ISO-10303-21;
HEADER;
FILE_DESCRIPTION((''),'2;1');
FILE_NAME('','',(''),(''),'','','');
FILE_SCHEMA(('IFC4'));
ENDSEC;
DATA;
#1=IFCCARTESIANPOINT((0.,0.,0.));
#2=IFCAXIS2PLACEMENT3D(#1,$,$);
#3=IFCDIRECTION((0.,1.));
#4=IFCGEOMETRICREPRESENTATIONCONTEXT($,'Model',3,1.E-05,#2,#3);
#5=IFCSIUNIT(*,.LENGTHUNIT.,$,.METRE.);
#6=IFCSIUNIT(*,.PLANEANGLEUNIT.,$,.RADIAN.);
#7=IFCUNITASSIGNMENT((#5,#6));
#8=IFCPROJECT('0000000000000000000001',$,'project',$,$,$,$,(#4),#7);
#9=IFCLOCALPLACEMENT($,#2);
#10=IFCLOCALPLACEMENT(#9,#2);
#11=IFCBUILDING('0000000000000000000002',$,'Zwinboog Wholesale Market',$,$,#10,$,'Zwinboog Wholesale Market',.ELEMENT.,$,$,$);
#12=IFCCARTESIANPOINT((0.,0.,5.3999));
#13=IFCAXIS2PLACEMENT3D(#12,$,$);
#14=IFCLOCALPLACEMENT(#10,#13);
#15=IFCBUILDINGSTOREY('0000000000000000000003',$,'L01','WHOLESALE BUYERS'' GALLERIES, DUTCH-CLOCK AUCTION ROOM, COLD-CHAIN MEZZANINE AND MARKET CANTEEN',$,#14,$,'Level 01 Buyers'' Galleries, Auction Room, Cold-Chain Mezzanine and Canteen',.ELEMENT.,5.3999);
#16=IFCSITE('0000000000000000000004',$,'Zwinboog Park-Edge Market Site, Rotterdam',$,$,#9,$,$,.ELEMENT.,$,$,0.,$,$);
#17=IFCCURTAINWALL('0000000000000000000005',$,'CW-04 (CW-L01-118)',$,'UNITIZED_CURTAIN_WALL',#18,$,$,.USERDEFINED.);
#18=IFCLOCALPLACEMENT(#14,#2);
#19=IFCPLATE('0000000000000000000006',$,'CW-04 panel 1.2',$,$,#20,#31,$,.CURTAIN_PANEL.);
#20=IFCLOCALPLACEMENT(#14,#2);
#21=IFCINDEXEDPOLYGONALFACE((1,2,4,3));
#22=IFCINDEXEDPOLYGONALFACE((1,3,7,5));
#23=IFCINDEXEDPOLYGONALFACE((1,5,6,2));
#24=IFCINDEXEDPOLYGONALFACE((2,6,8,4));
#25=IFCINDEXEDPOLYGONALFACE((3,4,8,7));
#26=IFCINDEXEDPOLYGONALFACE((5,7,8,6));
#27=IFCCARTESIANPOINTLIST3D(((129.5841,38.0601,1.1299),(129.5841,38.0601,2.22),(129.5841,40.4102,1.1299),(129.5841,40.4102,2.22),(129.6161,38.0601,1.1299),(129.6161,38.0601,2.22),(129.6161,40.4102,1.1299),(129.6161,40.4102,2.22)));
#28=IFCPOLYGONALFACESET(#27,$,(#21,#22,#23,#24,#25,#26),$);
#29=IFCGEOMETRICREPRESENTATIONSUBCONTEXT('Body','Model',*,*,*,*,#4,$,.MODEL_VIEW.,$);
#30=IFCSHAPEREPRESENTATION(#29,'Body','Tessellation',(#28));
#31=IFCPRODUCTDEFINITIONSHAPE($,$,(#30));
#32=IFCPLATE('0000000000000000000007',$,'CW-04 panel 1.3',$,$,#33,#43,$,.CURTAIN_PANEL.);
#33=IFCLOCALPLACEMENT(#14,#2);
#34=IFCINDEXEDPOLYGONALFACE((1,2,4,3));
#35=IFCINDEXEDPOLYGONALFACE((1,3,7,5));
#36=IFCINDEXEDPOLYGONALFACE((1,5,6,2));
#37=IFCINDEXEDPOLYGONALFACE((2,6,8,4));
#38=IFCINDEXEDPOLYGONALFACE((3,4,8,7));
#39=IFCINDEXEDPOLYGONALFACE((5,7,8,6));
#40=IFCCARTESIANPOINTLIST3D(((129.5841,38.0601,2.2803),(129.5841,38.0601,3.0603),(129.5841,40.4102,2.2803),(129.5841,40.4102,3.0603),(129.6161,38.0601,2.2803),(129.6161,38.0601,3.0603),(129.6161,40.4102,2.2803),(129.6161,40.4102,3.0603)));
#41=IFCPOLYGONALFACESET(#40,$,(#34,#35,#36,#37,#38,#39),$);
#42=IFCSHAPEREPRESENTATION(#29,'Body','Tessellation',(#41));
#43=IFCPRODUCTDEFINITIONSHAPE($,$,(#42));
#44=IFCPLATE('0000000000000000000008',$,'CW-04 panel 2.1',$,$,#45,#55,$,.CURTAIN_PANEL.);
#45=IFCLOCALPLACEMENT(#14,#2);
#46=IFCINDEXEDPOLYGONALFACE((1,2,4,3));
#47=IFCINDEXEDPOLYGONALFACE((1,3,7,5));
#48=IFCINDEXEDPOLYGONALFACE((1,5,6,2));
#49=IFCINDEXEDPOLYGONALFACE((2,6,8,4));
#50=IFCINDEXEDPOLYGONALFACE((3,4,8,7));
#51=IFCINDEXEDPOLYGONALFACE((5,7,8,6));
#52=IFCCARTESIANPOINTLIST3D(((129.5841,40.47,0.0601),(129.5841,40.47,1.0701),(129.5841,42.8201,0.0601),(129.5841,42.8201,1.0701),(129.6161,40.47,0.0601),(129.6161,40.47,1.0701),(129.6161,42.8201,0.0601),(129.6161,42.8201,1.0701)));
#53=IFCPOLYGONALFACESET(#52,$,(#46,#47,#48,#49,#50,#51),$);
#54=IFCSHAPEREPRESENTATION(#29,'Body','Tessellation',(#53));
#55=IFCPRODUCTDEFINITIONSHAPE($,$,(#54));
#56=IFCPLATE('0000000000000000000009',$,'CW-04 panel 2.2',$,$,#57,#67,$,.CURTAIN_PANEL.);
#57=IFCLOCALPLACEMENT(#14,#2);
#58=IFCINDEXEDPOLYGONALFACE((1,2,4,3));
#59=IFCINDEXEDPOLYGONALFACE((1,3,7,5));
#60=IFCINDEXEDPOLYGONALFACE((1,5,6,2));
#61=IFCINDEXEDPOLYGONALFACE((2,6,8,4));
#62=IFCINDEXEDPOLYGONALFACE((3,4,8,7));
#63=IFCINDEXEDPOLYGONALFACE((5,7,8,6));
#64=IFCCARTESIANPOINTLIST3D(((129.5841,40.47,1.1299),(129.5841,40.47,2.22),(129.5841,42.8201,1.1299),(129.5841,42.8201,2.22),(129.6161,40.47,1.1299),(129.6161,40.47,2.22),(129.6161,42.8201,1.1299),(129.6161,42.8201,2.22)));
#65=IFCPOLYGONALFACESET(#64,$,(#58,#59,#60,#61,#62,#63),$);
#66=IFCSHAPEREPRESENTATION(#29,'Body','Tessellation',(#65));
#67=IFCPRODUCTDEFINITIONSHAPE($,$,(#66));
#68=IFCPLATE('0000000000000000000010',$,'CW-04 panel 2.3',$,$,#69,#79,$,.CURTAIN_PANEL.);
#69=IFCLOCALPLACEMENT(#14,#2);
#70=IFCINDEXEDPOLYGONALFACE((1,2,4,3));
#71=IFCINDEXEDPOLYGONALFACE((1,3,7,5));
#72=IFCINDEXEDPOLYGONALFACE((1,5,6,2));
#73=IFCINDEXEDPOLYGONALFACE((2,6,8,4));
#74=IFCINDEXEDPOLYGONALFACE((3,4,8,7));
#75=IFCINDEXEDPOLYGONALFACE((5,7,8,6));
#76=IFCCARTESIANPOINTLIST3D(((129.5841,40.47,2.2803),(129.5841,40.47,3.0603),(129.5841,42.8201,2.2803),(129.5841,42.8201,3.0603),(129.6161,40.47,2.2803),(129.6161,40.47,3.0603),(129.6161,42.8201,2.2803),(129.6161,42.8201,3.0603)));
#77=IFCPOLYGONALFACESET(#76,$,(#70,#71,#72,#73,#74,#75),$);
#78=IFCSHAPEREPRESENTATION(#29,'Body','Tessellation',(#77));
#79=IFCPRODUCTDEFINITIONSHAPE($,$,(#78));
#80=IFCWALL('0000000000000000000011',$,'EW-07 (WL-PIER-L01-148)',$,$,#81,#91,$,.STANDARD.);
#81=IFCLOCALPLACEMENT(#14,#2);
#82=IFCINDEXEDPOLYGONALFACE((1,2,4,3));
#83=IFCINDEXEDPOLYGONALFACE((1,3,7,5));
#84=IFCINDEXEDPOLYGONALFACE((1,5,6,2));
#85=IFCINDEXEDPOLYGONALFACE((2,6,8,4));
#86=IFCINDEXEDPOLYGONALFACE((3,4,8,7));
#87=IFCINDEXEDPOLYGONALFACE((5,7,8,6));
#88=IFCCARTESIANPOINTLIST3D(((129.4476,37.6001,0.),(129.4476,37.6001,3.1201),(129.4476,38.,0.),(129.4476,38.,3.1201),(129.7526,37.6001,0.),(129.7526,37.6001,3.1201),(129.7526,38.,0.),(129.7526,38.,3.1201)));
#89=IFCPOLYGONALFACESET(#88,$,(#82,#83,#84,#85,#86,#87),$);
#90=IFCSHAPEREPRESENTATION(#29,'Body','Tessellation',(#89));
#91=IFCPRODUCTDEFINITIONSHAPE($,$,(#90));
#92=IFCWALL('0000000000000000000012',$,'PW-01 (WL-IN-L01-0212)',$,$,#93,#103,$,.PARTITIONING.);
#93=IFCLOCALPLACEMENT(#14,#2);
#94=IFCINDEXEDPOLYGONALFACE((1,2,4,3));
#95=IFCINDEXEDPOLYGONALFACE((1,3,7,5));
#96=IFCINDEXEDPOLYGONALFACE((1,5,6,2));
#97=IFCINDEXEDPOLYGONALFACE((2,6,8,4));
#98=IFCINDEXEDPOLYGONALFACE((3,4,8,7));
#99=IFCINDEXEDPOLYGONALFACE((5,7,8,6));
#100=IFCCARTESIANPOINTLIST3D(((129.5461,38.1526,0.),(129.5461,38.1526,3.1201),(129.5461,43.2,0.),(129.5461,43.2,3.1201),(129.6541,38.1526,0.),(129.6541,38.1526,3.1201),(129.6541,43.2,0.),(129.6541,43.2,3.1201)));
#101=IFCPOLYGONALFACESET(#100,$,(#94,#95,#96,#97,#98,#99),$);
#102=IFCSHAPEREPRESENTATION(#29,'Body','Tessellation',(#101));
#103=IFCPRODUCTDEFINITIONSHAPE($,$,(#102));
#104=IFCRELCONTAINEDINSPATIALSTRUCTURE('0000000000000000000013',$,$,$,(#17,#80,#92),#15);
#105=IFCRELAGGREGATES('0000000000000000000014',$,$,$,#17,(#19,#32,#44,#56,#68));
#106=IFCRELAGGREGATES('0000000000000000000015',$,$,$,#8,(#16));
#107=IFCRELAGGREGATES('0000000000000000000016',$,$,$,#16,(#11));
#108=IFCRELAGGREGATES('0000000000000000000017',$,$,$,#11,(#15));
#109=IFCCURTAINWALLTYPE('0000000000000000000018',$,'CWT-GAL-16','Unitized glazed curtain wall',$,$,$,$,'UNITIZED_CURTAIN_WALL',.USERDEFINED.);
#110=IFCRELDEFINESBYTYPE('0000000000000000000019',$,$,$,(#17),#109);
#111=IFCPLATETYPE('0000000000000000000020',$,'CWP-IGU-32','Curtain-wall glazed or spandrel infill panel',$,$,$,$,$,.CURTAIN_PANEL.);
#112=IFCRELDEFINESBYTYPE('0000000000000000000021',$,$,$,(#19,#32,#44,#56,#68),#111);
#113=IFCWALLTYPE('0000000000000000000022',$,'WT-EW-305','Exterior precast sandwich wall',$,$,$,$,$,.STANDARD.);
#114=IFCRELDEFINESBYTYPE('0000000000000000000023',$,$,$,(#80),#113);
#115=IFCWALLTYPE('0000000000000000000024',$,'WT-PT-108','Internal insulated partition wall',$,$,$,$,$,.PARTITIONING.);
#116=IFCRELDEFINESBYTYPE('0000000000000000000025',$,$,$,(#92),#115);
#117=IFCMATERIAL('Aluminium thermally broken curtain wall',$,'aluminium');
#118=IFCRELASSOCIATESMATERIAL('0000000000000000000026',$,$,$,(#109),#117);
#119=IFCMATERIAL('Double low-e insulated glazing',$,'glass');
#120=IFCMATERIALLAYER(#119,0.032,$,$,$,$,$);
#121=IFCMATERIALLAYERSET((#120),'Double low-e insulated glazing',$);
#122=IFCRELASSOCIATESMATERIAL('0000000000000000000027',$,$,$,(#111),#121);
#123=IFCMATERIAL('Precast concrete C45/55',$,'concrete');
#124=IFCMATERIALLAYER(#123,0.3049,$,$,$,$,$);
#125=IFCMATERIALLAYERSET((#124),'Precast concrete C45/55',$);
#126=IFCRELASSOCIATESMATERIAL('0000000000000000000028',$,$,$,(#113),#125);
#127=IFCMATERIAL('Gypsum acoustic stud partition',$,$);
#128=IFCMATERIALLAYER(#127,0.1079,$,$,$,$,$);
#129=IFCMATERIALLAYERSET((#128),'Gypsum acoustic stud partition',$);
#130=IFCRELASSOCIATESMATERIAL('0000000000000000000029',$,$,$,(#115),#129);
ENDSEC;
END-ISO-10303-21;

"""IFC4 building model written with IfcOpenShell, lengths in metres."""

from ifc_helpers import new_model, si_unit, direction, frame, frame_2d, origin, origin_2d, place, context, subcontext, project, spatial, rectangle, extrude, material, layer, layer_set, type_object, element, aggregate, save


model = new_model("IFC4")

# Units and contexts
model_context = context("Model", 3, precision=1e-05, world=origin(), true_north=direction((0.0, 1.0)))
body_context = subcontext(model_context, "Body", "Model", "MODEL_VIEW")
ifc_project = project(units=[si_unit("LENGTHUNIT", "METRE"), si_unit("PLANEANGLEUNIT", "RADIAN")], contexts=[model_context])

# Site, building, storey
site_placement = place(None, origin())
site = spatial("IfcSite", under=ifc_project, at=site_placement, Name="Zwinboog Park-Edge Market Site, Rotterdam", CompositionType="ELEMENT", RefElevation=0.0)
building_placement = place(site_placement, origin())
building = spatial("IfcBuilding", under=site, at=building_placement, Name="Zwinboog Wholesale Market", LongName="Zwinboog Wholesale Market", CompositionType="ELEMENT")
storey_placement = place(building_placement, frame((0.0, 0.0, 5.3999)))
storey = spatial("IfcBuildingStorey", under=building, at=storey_placement, Name="L01", Description="WHOLESALE BUYERS' GALLERIES, DUTCH-CLOCK AUCTION ROOM, COLD-CHAIN MEZZANINE AND MARKET CANTEEN", LongName="Level 01 Buyers' Galleries, Auction Room, Cold-Chain Mezzanine and Canteen", CompositionType="ELEMENT", Elevation=5.3999)

# Shared definitions
ifc_material_1 = material(Name="Aluminium thermally broken curtain wall", Category="aluminium")

# Curtain wall
curtain_wall_type_1 = type_object("IfcCurtainWallType", Name="CWT-GAL-16", Description="Unitized glazed curtain wall", ElementType="UNITIZED_CURTAIN_WALL", PredefinedType="USERDEFINED", material=ifc_material_1)
curtain_wall_1_placement = place(storey_placement, origin())
curtain_wall_1 = element("IfcCurtainWall", 1, at=curtain_wall_1_placement, inside=storey, type_object=curtain_wall_type_1, Name="CW-04 (CW-L01-118)", ObjectType="UNITIZED_CURTAIN_WALL", PredefinedType="USERDEFINED")

# Plates
ifc_material_2 = material(Name="Double low-e insulated glazing", Category="glass")
ifc_layer_1 = layer(ifc_material_2, 0.032)
ifc_layer_set_1 = layer_set([ifc_layer_1], Name="Double low-e insulated glazing")
plate_type = type_object("IfcPlateType", Name="CWP-IGU-32", Description="Curtain-wall glazed or spandrel infill panel", PredefinedType="CURTAIN_PANEL", material=ifc_layer_set_1)
plate_1_placement = place(storey_placement, frame((129.6001, 39.2351, 1.1299), z_axis=(0.0, 0.0, 1.0), x_axis=(0.0, 1.0, 0.0)))
plate_1 = element("IfcPlate", 2, at=plate_1_placement, type_object=plate_type, Name="CW-04 panel 1.2", PredefinedType="CURTAIN_PANEL", context=body_context, shape_type="SweptSolid", body=[
    extrude(rectangle(XDim=2.3501, YDim=0.032, at=origin_2d()), origin(), (0.0, 0.0, 1.0), 1.0901),
])
plate_2_placement = place(storey_placement, frame((129.6001, 39.2351, 2.2803), z_axis=(0.0, 0.0, 1.0), x_axis=(0.0, 1.0, 0.0)))
plate_2 = element("IfcPlate", 3, at=plate_2_placement, type_object=plate_type, Name="CW-04 panel 1.3", PredefinedType="CURTAIN_PANEL", context=body_context, shape_type="SweptSolid", body=[
    extrude(rectangle(XDim=2.3501, YDim=0.032, at=origin_2d()), origin(), (0.0, 0.0, 1.0), 0.78),
])
plate_3_placement = place(storey_placement, frame((129.6001, 41.645, 0.0601), z_axis=(0.0, 0.0, 1.0), x_axis=(0.0, 1.0, 0.0)))
plate_3 = element("IfcPlate", 4, at=plate_3_placement, type_object=plate_type, Name="CW-04 panel 2.1", PredefinedType="CURTAIN_PANEL", context=body_context, shape_type="SweptSolid", body=[
    extrude(rectangle(XDim=2.3501, YDim=0.032, at=origin_2d()), origin(), (0.0, 0.0, 1.0), 1.01),
])
plate_4_placement = place(storey_placement, frame((129.6001, 41.645, 1.1299), z_axis=(0.0, 0.0, 1.0), x_axis=(0.0, 1.0, 0.0)))
plate_4 = element("IfcPlate", 5, at=plate_4_placement, type_object=plate_type, Name="CW-04 panel 2.2", PredefinedType="CURTAIN_PANEL", context=body_context, shape_type="SweptSolid", body=[
    extrude(rectangle(XDim=2.3501, YDim=0.032, at=origin_2d()), origin(), (0.0, 0.0, 1.0), 1.0901),
])
plate_5_placement = place(storey_placement, frame((129.6001, 41.645, 2.2803), z_axis=(0.0, 0.0, 1.0), x_axis=(0.0, 1.0, 0.0)))
plate_5 = element("IfcPlate", 6, at=plate_5_placement, type_object=plate_type, Name="CW-04 panel 2.3", PredefinedType="CURTAIN_PANEL", context=body_context, shape_type="SweptSolid", body=[
    extrude(rectangle(XDim=2.3501, YDim=0.032, at=origin_2d()), origin(), (0.0, 0.0, 1.0), 0.78),
])
aggregate(curtain_wall_1, [plate_1, plate_2, plate_3, plate_4, plate_5])

# Walls
ifc_material_3 = material(Name="Precast concrete C45/55", Category="concrete")
ifc_layer_2 = layer(ifc_material_3, 0.3049)
ifc_layer_set_2 = layer_set([ifc_layer_2], Name="Precast concrete C45/55")
wall_type_1 = type_object("IfcWallType", Name="WT-EW-305", Description="Exterior precast sandwich wall", PredefinedType="STANDARD", material=ifc_layer_set_2)
wall_1_placement = place(storey_placement, frame((129.6001, 37.6001, 0.0), z_axis=(0.0, 0.0, 1.0), x_axis=(0.0, 1.0, 0.0)))
element("IfcWall", 7, at=wall_1_placement, inside=storey, type_object=wall_type_1, Name="EW-07 (WL-PIER-L01-148)", PredefinedType="STANDARD", context=body_context, shape_type="SweptSolid", body=[
    extrude(rectangle(XDim=0.3999, YDim=0.3049, at=frame_2d((0.2, 0.0))), origin(), (0.0, 0.0, 1.0), 3.1201),
])
ifc_material_4 = material(Name="Gypsum acoustic stud partition")
ifc_layer_3 = layer(ifc_material_4, 0.1079)
ifc_layer_set_3 = layer_set([ifc_layer_3], Name="Gypsum acoustic stud partition")
wall_type_2 = type_object("IfcWallType", Name="WT-PT-108", Description="Internal insulated partition wall", PredefinedType="PARTITIONING", material=ifc_layer_set_3)
wall_2_placement = place(storey_placement, frame((129.6001, 38.1526, 0.0), z_axis=(0.0, 0.0, 1.0), x_axis=(0.0, 1.0, 0.0)))
element("IfcWall", 8, at=wall_2_placement, inside=storey, type_object=wall_type_2, Name="PW-01 (WL-IN-L01-0212)", PredefinedType="PARTITIONING", context=body_context, shape_type="SweptSolid", body=[
    extrude(rectangle(XDim=5.0474, YDim=0.1079, at=frame_2d((2.5237, 0.0))), origin(), (0.0, 0.0, 1.0), 3.1201),
])

save(model, "model.ifc")
